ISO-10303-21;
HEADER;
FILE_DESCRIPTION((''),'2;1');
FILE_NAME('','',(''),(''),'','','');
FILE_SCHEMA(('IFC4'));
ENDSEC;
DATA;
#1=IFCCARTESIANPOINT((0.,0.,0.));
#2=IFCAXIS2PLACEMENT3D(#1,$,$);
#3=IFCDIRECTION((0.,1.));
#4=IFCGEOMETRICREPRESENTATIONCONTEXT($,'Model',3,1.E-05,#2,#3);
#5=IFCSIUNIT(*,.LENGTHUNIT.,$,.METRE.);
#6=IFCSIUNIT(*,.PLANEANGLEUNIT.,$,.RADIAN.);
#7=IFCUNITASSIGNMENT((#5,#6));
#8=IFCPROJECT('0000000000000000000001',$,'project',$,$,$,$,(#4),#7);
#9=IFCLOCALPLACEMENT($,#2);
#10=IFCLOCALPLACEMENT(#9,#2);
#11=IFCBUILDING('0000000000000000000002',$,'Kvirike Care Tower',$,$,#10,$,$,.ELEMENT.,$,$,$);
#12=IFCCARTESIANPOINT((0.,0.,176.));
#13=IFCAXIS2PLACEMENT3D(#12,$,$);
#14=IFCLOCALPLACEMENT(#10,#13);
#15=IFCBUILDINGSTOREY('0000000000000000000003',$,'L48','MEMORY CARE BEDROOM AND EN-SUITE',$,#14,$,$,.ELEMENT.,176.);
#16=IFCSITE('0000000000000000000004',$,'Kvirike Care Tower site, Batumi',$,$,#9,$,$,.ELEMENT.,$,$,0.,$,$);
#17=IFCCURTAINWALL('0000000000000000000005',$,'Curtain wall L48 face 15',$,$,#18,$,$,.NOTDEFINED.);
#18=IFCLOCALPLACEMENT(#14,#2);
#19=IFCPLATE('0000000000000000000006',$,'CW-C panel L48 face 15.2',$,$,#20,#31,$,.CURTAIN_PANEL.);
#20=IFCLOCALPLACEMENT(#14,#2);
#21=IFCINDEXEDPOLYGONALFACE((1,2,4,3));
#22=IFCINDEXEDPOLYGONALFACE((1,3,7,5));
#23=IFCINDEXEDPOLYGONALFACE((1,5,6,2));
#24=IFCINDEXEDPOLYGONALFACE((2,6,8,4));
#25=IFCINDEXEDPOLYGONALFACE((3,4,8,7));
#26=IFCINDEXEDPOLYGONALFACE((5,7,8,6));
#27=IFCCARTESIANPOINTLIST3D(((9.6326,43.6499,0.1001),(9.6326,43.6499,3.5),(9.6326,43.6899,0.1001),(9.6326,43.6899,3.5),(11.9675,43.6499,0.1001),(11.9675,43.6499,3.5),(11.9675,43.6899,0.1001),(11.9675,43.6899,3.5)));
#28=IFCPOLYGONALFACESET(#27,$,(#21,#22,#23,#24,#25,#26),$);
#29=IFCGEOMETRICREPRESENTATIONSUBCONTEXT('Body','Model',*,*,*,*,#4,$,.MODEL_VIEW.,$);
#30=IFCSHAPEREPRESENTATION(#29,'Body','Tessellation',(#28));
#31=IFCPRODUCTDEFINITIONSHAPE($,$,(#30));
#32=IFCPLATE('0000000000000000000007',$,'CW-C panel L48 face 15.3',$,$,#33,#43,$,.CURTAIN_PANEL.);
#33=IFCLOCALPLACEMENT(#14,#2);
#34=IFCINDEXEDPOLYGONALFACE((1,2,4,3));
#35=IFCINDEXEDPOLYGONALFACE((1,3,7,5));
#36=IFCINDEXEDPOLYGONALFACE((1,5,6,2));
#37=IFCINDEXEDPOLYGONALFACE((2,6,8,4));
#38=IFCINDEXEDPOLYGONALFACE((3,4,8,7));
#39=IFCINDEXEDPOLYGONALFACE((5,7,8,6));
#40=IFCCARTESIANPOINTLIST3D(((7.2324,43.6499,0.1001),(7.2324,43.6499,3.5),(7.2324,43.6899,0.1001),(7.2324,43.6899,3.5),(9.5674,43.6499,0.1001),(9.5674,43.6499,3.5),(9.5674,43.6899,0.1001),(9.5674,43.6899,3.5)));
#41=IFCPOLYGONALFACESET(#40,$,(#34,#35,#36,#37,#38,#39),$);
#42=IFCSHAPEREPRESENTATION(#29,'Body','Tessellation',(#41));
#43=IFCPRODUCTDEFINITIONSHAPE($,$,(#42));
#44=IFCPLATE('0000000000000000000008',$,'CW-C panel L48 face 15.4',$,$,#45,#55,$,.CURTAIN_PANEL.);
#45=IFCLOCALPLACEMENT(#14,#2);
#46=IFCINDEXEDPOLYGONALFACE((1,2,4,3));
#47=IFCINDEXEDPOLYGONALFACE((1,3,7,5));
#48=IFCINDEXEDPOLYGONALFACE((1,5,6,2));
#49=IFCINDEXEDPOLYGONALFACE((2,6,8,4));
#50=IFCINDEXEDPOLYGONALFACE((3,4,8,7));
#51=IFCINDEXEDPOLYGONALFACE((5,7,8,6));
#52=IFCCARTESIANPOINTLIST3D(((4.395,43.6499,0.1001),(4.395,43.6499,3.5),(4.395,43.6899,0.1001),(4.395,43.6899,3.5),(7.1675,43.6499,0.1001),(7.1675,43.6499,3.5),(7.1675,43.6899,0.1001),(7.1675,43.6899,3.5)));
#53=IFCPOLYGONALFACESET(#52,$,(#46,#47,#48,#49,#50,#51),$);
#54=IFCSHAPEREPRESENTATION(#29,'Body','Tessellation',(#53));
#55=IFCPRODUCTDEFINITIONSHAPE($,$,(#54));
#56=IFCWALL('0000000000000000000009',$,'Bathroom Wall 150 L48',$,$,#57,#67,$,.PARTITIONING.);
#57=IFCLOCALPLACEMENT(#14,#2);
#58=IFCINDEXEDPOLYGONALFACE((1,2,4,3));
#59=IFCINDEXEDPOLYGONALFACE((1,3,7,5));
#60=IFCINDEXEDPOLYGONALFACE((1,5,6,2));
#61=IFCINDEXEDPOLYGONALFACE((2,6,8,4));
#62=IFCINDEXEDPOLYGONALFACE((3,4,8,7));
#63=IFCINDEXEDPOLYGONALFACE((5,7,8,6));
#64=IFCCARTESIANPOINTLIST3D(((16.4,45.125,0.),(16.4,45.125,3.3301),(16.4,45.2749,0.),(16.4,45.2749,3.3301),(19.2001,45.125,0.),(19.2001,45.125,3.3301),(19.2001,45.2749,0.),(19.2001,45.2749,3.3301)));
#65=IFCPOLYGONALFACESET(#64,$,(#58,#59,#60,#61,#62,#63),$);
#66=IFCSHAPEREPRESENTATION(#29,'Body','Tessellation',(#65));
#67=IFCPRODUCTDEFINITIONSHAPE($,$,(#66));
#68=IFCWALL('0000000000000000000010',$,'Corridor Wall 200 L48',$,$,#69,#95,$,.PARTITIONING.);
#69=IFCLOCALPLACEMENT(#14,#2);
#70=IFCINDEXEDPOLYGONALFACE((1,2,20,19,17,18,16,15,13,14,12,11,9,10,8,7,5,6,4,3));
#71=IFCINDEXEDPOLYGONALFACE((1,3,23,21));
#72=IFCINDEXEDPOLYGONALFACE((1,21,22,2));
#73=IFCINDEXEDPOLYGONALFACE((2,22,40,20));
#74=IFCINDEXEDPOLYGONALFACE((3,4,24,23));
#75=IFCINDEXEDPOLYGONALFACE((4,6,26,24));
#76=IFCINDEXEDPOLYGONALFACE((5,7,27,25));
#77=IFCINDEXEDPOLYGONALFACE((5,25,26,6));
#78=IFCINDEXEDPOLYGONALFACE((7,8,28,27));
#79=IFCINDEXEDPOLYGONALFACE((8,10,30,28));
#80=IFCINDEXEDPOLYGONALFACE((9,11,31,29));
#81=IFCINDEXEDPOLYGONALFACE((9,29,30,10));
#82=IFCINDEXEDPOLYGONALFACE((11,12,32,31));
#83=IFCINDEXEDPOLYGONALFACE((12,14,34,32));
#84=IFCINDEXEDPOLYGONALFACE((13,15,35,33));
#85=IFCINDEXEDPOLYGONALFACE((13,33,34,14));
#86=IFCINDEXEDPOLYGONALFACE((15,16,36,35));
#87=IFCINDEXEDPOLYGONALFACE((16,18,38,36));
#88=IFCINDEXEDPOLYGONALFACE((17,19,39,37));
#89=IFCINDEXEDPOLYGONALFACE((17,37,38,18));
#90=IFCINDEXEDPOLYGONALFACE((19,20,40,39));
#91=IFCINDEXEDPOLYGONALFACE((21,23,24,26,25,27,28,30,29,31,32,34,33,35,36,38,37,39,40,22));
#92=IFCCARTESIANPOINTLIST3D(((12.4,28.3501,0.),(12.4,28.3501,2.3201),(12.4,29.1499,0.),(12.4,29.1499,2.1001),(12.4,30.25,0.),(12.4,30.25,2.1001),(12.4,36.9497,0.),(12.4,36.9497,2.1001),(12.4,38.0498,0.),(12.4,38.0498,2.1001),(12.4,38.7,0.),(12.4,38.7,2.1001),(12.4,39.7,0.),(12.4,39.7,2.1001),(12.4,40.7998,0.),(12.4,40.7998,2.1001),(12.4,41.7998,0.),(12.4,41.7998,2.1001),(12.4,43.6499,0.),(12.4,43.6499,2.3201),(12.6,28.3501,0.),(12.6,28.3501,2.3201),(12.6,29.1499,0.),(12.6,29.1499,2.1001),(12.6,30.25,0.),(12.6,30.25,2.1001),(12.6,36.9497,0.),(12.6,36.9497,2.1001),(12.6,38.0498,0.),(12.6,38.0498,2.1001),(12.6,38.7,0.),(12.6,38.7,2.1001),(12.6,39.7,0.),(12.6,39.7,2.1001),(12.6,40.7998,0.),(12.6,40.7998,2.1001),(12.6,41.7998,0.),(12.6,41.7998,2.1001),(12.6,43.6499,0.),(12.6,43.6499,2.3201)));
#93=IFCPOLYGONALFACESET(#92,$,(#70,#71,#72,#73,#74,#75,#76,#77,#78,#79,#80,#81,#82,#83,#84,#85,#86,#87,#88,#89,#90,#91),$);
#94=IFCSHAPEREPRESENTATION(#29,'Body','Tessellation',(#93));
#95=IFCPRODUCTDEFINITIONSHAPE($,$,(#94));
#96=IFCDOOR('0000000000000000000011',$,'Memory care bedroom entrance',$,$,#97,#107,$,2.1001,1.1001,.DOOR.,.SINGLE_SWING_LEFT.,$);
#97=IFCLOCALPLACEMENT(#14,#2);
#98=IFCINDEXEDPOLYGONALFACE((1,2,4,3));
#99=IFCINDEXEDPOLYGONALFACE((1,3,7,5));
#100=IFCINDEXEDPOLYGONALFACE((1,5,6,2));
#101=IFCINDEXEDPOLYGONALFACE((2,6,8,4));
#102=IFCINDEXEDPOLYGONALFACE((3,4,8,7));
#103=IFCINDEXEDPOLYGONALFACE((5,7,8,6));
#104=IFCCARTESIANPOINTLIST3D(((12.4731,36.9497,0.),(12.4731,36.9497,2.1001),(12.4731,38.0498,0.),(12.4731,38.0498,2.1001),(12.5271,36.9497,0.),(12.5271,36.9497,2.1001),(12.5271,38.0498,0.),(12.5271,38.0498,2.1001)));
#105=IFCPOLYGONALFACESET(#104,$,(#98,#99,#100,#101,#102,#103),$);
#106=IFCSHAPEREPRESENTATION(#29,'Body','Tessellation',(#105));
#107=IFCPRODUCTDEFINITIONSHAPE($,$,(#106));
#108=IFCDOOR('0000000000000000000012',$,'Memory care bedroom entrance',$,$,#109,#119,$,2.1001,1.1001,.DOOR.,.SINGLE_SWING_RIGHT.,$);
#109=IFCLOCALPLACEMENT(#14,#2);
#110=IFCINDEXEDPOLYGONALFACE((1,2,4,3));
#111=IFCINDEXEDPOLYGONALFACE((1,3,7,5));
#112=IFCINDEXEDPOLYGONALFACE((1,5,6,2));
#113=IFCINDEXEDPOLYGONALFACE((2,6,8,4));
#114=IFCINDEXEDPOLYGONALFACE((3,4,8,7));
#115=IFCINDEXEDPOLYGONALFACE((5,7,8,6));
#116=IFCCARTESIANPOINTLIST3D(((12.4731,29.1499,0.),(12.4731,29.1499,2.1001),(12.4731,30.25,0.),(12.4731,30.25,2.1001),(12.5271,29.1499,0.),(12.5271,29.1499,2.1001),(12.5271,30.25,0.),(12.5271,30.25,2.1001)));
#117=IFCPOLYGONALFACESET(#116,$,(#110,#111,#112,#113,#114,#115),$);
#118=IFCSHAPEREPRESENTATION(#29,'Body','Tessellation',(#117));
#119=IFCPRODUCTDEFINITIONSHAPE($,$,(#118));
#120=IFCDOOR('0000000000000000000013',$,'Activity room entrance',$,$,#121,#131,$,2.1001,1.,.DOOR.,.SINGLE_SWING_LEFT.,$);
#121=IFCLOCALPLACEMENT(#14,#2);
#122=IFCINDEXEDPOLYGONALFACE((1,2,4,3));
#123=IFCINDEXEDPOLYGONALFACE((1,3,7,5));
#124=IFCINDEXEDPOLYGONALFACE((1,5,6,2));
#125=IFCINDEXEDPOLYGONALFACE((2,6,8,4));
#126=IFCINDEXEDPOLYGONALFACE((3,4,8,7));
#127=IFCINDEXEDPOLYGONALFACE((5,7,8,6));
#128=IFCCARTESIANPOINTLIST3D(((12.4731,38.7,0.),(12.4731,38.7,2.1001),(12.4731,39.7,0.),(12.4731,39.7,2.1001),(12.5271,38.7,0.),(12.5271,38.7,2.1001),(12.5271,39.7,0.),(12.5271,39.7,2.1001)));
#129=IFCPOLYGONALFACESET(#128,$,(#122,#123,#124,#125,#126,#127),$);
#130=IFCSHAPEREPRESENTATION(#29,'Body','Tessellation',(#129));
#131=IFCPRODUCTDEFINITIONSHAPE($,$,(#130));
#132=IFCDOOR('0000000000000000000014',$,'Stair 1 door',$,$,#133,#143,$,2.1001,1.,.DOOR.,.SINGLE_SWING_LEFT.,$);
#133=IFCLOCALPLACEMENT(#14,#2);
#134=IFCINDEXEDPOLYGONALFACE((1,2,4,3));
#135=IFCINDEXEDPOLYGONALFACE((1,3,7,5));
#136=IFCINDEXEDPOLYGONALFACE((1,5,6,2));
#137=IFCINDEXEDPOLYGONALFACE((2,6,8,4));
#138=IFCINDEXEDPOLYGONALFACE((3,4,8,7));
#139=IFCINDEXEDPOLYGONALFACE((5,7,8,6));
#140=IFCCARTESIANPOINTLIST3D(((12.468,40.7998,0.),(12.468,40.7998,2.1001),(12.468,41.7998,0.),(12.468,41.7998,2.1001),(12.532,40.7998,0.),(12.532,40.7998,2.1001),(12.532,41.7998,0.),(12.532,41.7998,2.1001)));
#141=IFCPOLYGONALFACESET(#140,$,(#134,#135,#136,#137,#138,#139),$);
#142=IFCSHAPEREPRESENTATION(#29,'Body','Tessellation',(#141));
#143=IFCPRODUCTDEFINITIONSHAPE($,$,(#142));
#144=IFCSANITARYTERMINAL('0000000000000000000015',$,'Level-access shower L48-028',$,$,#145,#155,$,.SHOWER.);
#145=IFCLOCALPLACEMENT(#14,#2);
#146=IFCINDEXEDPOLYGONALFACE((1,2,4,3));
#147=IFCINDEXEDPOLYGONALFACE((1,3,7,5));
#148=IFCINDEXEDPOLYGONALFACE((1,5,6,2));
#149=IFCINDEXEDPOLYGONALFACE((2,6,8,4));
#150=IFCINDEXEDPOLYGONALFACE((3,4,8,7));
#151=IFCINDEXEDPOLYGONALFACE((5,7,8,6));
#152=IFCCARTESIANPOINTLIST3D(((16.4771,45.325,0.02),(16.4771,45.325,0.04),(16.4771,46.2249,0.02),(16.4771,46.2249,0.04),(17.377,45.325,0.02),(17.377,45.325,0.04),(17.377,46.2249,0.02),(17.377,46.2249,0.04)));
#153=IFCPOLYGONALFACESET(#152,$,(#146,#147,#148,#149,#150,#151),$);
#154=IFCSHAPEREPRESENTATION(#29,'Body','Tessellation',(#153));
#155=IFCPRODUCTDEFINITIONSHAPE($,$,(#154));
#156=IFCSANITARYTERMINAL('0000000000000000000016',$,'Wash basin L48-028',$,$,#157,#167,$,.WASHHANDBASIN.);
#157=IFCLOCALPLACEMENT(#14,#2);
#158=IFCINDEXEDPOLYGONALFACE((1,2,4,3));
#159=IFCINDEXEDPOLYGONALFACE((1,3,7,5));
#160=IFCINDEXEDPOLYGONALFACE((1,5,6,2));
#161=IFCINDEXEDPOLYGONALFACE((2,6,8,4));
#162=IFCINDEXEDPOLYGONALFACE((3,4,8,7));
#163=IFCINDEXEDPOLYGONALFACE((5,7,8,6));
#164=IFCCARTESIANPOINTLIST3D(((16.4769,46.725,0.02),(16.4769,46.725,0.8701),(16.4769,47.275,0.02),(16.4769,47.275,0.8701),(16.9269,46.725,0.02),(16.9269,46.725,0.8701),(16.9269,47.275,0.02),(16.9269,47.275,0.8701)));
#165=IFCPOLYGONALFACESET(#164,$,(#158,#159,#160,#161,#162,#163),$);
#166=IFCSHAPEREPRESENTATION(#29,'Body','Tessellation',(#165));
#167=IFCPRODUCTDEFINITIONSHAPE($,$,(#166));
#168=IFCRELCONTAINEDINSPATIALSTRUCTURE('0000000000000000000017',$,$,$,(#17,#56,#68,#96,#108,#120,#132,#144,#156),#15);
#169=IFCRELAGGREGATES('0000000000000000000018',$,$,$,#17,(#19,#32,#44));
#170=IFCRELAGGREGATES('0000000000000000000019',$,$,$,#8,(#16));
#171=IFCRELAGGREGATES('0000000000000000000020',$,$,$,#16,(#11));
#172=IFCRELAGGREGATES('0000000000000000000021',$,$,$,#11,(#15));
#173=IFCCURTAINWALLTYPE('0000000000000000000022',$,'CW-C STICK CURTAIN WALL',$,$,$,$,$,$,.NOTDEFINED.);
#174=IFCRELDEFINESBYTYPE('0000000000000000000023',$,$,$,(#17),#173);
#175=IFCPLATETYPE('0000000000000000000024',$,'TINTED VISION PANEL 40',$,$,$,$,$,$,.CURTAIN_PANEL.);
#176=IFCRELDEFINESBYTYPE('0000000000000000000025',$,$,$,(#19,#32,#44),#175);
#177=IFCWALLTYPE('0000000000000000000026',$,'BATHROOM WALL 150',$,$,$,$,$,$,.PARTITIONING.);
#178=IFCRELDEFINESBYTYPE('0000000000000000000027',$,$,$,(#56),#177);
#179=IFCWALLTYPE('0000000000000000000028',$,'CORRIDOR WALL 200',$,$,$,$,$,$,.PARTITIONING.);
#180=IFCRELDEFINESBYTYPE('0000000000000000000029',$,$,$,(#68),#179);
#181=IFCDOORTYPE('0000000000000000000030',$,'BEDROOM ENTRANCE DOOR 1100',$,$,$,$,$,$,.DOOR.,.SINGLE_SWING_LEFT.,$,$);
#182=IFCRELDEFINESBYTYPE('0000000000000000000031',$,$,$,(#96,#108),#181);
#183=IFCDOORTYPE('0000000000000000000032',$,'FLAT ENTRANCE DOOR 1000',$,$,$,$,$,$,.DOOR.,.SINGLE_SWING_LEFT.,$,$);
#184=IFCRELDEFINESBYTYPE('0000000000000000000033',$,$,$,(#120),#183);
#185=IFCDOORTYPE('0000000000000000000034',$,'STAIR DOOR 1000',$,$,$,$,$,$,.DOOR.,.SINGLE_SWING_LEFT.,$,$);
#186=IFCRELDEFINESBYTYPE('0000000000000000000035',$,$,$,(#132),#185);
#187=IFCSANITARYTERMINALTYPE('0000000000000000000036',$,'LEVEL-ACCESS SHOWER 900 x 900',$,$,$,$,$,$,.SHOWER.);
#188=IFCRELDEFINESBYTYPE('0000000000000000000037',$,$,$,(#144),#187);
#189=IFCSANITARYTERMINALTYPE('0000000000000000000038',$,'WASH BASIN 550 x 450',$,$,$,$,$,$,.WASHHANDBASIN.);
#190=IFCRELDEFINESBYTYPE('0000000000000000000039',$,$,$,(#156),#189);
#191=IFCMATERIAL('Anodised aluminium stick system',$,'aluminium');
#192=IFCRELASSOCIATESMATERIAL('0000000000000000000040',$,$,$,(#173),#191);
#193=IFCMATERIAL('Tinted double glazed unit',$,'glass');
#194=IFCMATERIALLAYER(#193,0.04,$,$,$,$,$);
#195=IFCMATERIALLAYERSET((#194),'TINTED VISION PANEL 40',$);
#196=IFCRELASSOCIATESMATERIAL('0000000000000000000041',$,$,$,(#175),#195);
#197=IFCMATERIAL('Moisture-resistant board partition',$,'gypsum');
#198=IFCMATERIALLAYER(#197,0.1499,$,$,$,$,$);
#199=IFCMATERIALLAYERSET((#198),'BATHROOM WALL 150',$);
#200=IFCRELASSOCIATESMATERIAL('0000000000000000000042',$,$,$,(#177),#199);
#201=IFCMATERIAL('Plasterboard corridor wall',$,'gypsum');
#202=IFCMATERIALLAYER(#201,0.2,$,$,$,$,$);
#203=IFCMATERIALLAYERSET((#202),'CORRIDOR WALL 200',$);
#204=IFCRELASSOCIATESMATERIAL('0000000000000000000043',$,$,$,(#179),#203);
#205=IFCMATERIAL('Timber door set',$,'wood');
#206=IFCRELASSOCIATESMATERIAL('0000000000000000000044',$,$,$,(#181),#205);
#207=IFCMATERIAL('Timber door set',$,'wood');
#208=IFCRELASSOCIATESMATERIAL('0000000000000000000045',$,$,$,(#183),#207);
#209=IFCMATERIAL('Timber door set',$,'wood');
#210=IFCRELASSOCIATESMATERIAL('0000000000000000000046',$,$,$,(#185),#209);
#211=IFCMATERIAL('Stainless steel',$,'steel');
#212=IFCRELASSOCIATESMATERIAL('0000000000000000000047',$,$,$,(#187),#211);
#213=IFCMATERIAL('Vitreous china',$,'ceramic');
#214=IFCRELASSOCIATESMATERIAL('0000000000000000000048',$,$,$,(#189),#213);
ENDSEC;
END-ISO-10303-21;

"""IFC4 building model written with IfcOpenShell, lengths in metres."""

from ifc_helpers import new_model, si_unit, direction, frame, frame_2d, origin, origin_2d, place, context, subcontext, project, spatial, rectangle, extrude, material, layer, layer_set, type_object, element, fill, aggregate, save


model = new_model("IFC4")

# Units and contexts
model_context = context("Model", 3, precision=1e-05, world=origin(), true_north=direction((0.0, 1.0)))
body_context = subcontext(model_context, "Body", "Model", "MODEL_VIEW")
ifc_project = project(units=[si_unit("LENGTHUNIT", "METRE"), si_unit("PLANEANGLEUNIT", "RADIAN")], contexts=[model_context])

# Site, building, storey
site_placement = place(None, origin())
site = spatial("IfcSite", under=ifc_project, at=site_placement, Name="Kvirike Care Tower site, Batumi", CompositionType="ELEMENT", RefElevation=0.0)
building_placement = place(site_placement, origin())
building = spatial("IfcBuilding", under=site, at=building_placement, Name="Kvirike Care Tower", CompositionType="ELEMENT")
storey_placement = place(building_placement, frame((0.0, 0.0, 176.0)))
storey = spatial("IfcBuildingStorey", under=building, at=storey_placement, Name="L48", Description="MEMORY CARE BEDROOM AND EN-SUITE", CompositionType="ELEMENT", Elevation=176.0)

# Curtain wall
ifc_material_1 = material(Name="Anodised aluminium stick system", Category="aluminium")
curtain_wall_type = type_object("IfcCurtainWallType", Name="CW-C STICK CURTAIN WALL", PredefinedType="NOTDEFINED", material=ifc_material_1)
curtain_wall_1_placement = place(storey_placement, origin())
curtain_wall_1 = element("IfcCurtainWall", 1, at=curtain_wall_1_placement, inside=storey, type_object=curtain_wall_type, Name="Curtain wall L48 face 15", PredefinedType="NOTDEFINED")

# Plates
ifc_material_2 = material(Name="Tinted double glazed unit", Category="glass")
ifc_layer_1 = layer(ifc_material_2, 0.04)
ifc_layer_set_1 = layer_set([ifc_layer_1], Name="TINTED VISION PANEL 40")
plate_type = type_object("IfcPlateType", Name="TINTED VISION PANEL 40", PredefinedType="CURTAIN_PANEL", material=ifc_layer_set_1)
plate_1_placement = place(storey_placement, frame((10.8, 43.6699, 0.1001), z_axis=(0.0, 0.0, 1.0), x_axis=(-1.0, 0.0, 0.0)))
plate_1 = element("IfcPlate", 2, at=plate_1_placement, type_object=plate_type, Name="CW-C panel L48 face 15.2", PredefinedType="CURTAIN_PANEL", context=body_context, shape_type="SweptSolid", body=[
    extrude(rectangle(XDim=2.335, YDim=0.04, at=origin_2d()), origin(), (0.0, 0.0, 1.0), 3.3999),
])
plate_2_placement = place(storey_placement, frame((8.3999, 43.6699, 0.1001), z_axis=(0.0, 0.0, 1.0), x_axis=(-1.0, 0.0, 0.0)))
plate_2 = element("IfcPlate", 3, at=plate_2_placement, type_object=plate_type, Name="CW-C panel L48 face 15.3", PredefinedType="CURTAIN_PANEL", context=body_context, shape_type="SweptSolid", body=[
    extrude(rectangle(XDim=2.335, YDim=0.04, at=origin_2d()), origin(), (0.0, 0.0, 1.0), 3.3999),
])
plate_3_placement = place(storey_placement, frame((5.7812, 43.6699, 0.1001), z_axis=(0.0, 0.0, 1.0), x_axis=(-1.0, 0.0, 0.0)))
plate_3 = element("IfcPlate", 4, at=plate_3_placement, type_object=plate_type, Name="CW-C panel L48 face 15.4", PredefinedType="CURTAIN_PANEL", context=body_context, shape_type="SweptSolid", body=[
    extrude(rectangle(XDim=2.7725, YDim=0.04, at=origin_2d()), origin(), (0.0, 0.0, 1.0), 3.3999),
])
aggregate(curtain_wall_1, [plate_1, plate_2, plate_3])

# Wall
ifc_material_3 = material(Name="Moisture-resistant board partition", Category="gypsum")
ifc_layer_2 = layer(ifc_material_3, 0.1499)
ifc_layer_set_2 = layer_set([ifc_layer_2], Name="BATHROOM WALL 150")
wall_type_1 = type_object("IfcWallType", Name="BATHROOM WALL 150", PredefinedType="PARTITIONING", material=ifc_layer_set_2)
wall_1_placement = place(storey_placement, frame((19.2, 45.2, 0.0), z_axis=(0.0, 0.0, 1.0), x_axis=(-1.0, 0.0, 0.0)))
element("IfcWall", 5, at=wall_1_placement, inside=storey, type_object=wall_type_1, Name="Bathroom Wall 150 L48", PredefinedType="PARTITIONING", context=body_context, shape_type="SweptSolid", body=[
    extrude(rectangle(XDim=2.8, YDim=0.1499, at=frame_2d((1.3999, 0.0))), origin(), (0.0, 0.0, 1.0), 3.3301),
])

# Wall, openings, doors
ifc_material_4 = material(Name="Plasterboard corridor wall", Category="gypsum")
ifc_layer_3 = layer(ifc_material_4, 0.2)
ifc_layer_set_3 = layer_set([ifc_layer_3], Name="CORRIDOR WALL 200")
wall_type_2 = type_object("IfcWallType", Name="CORRIDOR WALL 200", PredefinedType="PARTITIONING", material=ifc_layer_set_3)
wall_2_placement = place(storey_placement, frame((12.5, 43.6499, 0.0), z_axis=(0.0, 0.0, 1.0), x_axis=(0.0, -1.0, 0.0)))
wall_2 = element("IfcWall", 6, at=wall_2_placement, inside=storey, type_object=wall_type_2, Name="Corridor Wall 200 L48", PredefinedType="PARTITIONING", context=body_context, shape_type="SweptSolid", body=[
    extrude(rectangle(XDim=15.2998, YDim=0.2, at=frame_2d((7.6499, 0.0))), origin(), (0.0, 0.0, 1.0), 2.3201),
])
opening_1_placement = place(wall_2_placement, frame((1.8501, 0.0, 0.0)))
opening_1 = element("IfcOpeningElement", 7, at=opening_1_placement, cuts=wall_2, PredefinedType="OPENING", context=body_context, shape_type="SweptSolid", body=[
    extrude(rectangle(XDim=1.0, YDim=2.1001, at=frame_2d((0.5, 1.05))), frame((0.0, 0.1106, 0.0), z_axis=(0.0, -1.0, 0.0), x_axis=(1.0, 0.0, 0.0)), (0.0, 0.0, 1.0), 0.2209),
])
opening_2_placement = place(wall_2_placement, frame((3.95, 0.0, 0.0)))
opening_2 = element("IfcOpeningElement", 8, at=opening_2_placement, cuts=wall_2, PredefinedType="OPENING", context=body_context, shape_type="SweptSolid", body=[
    extrude(rectangle(XDim=1.0, YDim=2.1001, at=frame_2d((0.5, 1.05))), frame((0.0, 0.1106, 0.0), z_axis=(0.0, -1.0, 0.0), x_axis=(1.0, 0.0, 0.0)), (0.0, 0.0, 1.0), 0.2209),
])
opening_3_placement = place(wall_2_placement, frame((5.6001, 0.0, 0.0)))
opening_3 = element("IfcOpeningElement", 9, at=opening_3_placement, cuts=wall_2, PredefinedType="OPENING", context=body_context, shape_type="SweptSolid", body=[
    extrude(rectangle(XDim=1.1001, YDim=2.1001, at=frame_2d((0.55, 1.05))), frame((0.0, 0.1106, 0.0), z_axis=(0.0, -1.0, 0.0), x_axis=(1.0, 0.0, 0.0)), (0.0, 0.0, 1.0), 0.2209),
])
opening_4_placement = place(wall_2_placement, frame((13.3999, 0.0, 0.0)))
opening_4 = element("IfcOpeningElement", 10, at=opening_4_placement, cuts=wall_2, PredefinedType="OPENING", context=body_context, shape_type="SweptSolid", body=[
    extrude(rectangle(XDim=1.1001, YDim=2.1001, at=frame_2d((0.55, 1.05))), frame((0.0, 0.1106, 0.0), z_axis=(0.0, -1.0, 0.0), x_axis=(1.0, 0.0, 0.0)), (0.0, 0.0, 1.0), 0.2209),
])
ifc_material_5 = material(Name="Timber door set", Category="wood")
door_type_1 = type_object("IfcDoorType", Name="BEDROOM ENTRANCE DOOR 1100", OperationType="SINGLE_SWING_LEFT", PredefinedType="DOOR", material=ifc_material_5)
door_1_placement = place(opening_3_placement, frame((1.1001, 0.0, 0.0), z_axis=(0.0, 0.0, 1.0), x_axis=(-1.0, 0.0, 0.0)))
door_1 = element("IfcDoor", 11, at=door_1_placement, inside=storey, type_object=door_type_1, Name="Memory care bedroom entrance", OperationType="SINGLE_SWING_LEFT", OverallHeight=2.1001, OverallWidth=1.1001, PredefinedType="DOOR", context=body_context, shape_type="SweptSolid", body=[
    extrude(rectangle(XDim=1.1001, YDim=2.1001, at=frame_2d((0.55, 1.05))), frame((0.0, 0.0269, 0.0), z_axis=(0.0, -1.0, 0.0), x_axis=(1.0, 0.0, 0.0)), (0.0, 0.0, 1.0), 0.054),
])
fill(opening_3, door_1)
door_2_placement = place(opening_4_placement, frame((1.1001, 0.0, 0.0), z_axis=(0.0, 0.0, 1.0), x_axis=(-1.0, 0.0, 0.0)))
door_2 = element("IfcDoor", 12, at=door_2_placement, inside=storey, type_object=door_type_1, Name="Memory care bedroom entrance", OperationType="SINGLE_SWING_RIGHT", OverallHeight=2.1001, OverallWidth=1.1001, PredefinedType="DOOR", context=body_context, shape_type="SweptSolid", body=[
    extrude(rectangle(XDim=1.1001, YDim=2.1001, at=frame_2d((0.55, 1.05))), frame((0.0, 0.0269, 0.0), z_axis=(0.0, -1.0, 0.0), x_axis=(1.0, 0.0, 0.0)), (0.0, 0.0, 1.0), 0.054),
])
fill(opening_4, door_2)
ifc_material_6 = material(Name="Timber door set", Category="wood")
door_type_2 = type_object("IfcDoorType", Name="FLAT ENTRANCE DOOR 1000", OperationType="SINGLE_SWING_LEFT", PredefinedType="DOOR", material=ifc_material_6)
door_3_placement = place(opening_2_placement, frame((1.0, 0.0, 0.0), z_axis=(0.0, 0.0, 1.0), x_axis=(-1.0, 0.0, 0.0)))
door_3 = element("IfcDoor", 13, at=door_3_placement, inside=storey, type_object=door_type_2, Name="Activity room entrance", OperationType="SINGLE_SWING_LEFT", OverallHeight=2.1001, OverallWidth=1.0, PredefinedType="DOOR", context=body_context, shape_type="SweptSolid", body=[
    extrude(rectangle(XDim=1.0, YDim=2.1001, at=frame_2d((0.5, 1.05))), frame((0.0, 0.0269, 0.0), z_axis=(0.0, -1.0, 0.0), x_axis=(1.0, 0.0, 0.0)), (0.0, 0.0, 1.0), 0.054),
])
fill(opening_2, door_3)
ifc_material_7 = material(Name="Timber door set", Category="wood")
door_type_3 = type_object("IfcDoorType", Name="STAIR DOOR 1000", OperationType="SINGLE_SWING_LEFT", PredefinedType="DOOR", material=ifc_material_7)
door_4_placement = place(opening_1_placement, frame((1.0, 0.0, 0.0), z_axis=(0.0, 0.0, 1.0), x_axis=(-1.0, 0.0, 0.0)))
door_4 = element("IfcDoor", 14, at=door_4_placement, inside=storey, type_object=door_type_3, Name="Stair 1 door", OperationType="SINGLE_SWING_LEFT", OverallHeight=2.1001, OverallWidth=1.0, PredefinedType="DOOR", context=body_context, shape_type="SweptSolid", body=[
    extrude(rectangle(XDim=1.0, YDim=2.1001, at=frame_2d((0.5, 1.05))), frame((0.0, 0.032, 0.0), z_axis=(0.0, -1.0, 0.0), x_axis=(1.0, 0.0, 0.0)), (0.0, 0.0, 1.0), 0.064),
])
fill(opening_1, door_4)

# Sanitary terminals
ifc_material_8 = material(Name="Stainless steel", Category="steel")
sanitary_terminal_type_1 = type_object("IfcSanitaryTerminalType", Name="LEVEL-ACCESS SHOWER 900 x 900", PredefinedType="SHOWER", material=ifc_material_8)
sanitary_terminal_1_placement = place(storey_placement, frame((16.927, 45.7749, 0.02), z_axis=(0.0, 0.0, 1.0), x_axis=(0.0, 1.0, 0.0)))
element("IfcSanitaryTerminal", 15, at=sanitary_terminal_1_placement, inside=storey, type_object=sanitary_terminal_type_1, Name="Level-access shower L48-028", PredefinedType="SHOWER", context=body_context, shape_type="SweptSolid", body=[
    extrude(rectangle(XDim=0.8999, YDim=0.8999, at=origin_2d()), origin(), (0.0, 0.0, 1.0), 0.02),
])
ifc_material_9 = material(Name="Vitreous china", Category="ceramic")
sanitary_terminal_type_2 = type_object("IfcSanitaryTerminalType", Name="WASH BASIN 550 x 450", PredefinedType="WASHHANDBASIN", material=ifc_material_9)
sanitary_terminal_2_placement = place(storey_placement, frame((16.7019, 47.0, 0.02), z_axis=(0.0, 0.0, 1.0), x_axis=(0.0, 1.0, 0.0)))
element("IfcSanitaryTerminal", 16, at=sanitary_terminal_2_placement, inside=storey, type_object=sanitary_terminal_type_2, Name="Wash basin L48-028", PredefinedType="WASHHANDBASIN", context=body_context, shape_type="SweptSolid", body=[
    extrude(rectangle(XDim=0.55, YDim=0.45, at=origin_2d()), origin(), (0.0, 0.0, 1.0), 0.8501),
])

save(model, "model.ifc")
